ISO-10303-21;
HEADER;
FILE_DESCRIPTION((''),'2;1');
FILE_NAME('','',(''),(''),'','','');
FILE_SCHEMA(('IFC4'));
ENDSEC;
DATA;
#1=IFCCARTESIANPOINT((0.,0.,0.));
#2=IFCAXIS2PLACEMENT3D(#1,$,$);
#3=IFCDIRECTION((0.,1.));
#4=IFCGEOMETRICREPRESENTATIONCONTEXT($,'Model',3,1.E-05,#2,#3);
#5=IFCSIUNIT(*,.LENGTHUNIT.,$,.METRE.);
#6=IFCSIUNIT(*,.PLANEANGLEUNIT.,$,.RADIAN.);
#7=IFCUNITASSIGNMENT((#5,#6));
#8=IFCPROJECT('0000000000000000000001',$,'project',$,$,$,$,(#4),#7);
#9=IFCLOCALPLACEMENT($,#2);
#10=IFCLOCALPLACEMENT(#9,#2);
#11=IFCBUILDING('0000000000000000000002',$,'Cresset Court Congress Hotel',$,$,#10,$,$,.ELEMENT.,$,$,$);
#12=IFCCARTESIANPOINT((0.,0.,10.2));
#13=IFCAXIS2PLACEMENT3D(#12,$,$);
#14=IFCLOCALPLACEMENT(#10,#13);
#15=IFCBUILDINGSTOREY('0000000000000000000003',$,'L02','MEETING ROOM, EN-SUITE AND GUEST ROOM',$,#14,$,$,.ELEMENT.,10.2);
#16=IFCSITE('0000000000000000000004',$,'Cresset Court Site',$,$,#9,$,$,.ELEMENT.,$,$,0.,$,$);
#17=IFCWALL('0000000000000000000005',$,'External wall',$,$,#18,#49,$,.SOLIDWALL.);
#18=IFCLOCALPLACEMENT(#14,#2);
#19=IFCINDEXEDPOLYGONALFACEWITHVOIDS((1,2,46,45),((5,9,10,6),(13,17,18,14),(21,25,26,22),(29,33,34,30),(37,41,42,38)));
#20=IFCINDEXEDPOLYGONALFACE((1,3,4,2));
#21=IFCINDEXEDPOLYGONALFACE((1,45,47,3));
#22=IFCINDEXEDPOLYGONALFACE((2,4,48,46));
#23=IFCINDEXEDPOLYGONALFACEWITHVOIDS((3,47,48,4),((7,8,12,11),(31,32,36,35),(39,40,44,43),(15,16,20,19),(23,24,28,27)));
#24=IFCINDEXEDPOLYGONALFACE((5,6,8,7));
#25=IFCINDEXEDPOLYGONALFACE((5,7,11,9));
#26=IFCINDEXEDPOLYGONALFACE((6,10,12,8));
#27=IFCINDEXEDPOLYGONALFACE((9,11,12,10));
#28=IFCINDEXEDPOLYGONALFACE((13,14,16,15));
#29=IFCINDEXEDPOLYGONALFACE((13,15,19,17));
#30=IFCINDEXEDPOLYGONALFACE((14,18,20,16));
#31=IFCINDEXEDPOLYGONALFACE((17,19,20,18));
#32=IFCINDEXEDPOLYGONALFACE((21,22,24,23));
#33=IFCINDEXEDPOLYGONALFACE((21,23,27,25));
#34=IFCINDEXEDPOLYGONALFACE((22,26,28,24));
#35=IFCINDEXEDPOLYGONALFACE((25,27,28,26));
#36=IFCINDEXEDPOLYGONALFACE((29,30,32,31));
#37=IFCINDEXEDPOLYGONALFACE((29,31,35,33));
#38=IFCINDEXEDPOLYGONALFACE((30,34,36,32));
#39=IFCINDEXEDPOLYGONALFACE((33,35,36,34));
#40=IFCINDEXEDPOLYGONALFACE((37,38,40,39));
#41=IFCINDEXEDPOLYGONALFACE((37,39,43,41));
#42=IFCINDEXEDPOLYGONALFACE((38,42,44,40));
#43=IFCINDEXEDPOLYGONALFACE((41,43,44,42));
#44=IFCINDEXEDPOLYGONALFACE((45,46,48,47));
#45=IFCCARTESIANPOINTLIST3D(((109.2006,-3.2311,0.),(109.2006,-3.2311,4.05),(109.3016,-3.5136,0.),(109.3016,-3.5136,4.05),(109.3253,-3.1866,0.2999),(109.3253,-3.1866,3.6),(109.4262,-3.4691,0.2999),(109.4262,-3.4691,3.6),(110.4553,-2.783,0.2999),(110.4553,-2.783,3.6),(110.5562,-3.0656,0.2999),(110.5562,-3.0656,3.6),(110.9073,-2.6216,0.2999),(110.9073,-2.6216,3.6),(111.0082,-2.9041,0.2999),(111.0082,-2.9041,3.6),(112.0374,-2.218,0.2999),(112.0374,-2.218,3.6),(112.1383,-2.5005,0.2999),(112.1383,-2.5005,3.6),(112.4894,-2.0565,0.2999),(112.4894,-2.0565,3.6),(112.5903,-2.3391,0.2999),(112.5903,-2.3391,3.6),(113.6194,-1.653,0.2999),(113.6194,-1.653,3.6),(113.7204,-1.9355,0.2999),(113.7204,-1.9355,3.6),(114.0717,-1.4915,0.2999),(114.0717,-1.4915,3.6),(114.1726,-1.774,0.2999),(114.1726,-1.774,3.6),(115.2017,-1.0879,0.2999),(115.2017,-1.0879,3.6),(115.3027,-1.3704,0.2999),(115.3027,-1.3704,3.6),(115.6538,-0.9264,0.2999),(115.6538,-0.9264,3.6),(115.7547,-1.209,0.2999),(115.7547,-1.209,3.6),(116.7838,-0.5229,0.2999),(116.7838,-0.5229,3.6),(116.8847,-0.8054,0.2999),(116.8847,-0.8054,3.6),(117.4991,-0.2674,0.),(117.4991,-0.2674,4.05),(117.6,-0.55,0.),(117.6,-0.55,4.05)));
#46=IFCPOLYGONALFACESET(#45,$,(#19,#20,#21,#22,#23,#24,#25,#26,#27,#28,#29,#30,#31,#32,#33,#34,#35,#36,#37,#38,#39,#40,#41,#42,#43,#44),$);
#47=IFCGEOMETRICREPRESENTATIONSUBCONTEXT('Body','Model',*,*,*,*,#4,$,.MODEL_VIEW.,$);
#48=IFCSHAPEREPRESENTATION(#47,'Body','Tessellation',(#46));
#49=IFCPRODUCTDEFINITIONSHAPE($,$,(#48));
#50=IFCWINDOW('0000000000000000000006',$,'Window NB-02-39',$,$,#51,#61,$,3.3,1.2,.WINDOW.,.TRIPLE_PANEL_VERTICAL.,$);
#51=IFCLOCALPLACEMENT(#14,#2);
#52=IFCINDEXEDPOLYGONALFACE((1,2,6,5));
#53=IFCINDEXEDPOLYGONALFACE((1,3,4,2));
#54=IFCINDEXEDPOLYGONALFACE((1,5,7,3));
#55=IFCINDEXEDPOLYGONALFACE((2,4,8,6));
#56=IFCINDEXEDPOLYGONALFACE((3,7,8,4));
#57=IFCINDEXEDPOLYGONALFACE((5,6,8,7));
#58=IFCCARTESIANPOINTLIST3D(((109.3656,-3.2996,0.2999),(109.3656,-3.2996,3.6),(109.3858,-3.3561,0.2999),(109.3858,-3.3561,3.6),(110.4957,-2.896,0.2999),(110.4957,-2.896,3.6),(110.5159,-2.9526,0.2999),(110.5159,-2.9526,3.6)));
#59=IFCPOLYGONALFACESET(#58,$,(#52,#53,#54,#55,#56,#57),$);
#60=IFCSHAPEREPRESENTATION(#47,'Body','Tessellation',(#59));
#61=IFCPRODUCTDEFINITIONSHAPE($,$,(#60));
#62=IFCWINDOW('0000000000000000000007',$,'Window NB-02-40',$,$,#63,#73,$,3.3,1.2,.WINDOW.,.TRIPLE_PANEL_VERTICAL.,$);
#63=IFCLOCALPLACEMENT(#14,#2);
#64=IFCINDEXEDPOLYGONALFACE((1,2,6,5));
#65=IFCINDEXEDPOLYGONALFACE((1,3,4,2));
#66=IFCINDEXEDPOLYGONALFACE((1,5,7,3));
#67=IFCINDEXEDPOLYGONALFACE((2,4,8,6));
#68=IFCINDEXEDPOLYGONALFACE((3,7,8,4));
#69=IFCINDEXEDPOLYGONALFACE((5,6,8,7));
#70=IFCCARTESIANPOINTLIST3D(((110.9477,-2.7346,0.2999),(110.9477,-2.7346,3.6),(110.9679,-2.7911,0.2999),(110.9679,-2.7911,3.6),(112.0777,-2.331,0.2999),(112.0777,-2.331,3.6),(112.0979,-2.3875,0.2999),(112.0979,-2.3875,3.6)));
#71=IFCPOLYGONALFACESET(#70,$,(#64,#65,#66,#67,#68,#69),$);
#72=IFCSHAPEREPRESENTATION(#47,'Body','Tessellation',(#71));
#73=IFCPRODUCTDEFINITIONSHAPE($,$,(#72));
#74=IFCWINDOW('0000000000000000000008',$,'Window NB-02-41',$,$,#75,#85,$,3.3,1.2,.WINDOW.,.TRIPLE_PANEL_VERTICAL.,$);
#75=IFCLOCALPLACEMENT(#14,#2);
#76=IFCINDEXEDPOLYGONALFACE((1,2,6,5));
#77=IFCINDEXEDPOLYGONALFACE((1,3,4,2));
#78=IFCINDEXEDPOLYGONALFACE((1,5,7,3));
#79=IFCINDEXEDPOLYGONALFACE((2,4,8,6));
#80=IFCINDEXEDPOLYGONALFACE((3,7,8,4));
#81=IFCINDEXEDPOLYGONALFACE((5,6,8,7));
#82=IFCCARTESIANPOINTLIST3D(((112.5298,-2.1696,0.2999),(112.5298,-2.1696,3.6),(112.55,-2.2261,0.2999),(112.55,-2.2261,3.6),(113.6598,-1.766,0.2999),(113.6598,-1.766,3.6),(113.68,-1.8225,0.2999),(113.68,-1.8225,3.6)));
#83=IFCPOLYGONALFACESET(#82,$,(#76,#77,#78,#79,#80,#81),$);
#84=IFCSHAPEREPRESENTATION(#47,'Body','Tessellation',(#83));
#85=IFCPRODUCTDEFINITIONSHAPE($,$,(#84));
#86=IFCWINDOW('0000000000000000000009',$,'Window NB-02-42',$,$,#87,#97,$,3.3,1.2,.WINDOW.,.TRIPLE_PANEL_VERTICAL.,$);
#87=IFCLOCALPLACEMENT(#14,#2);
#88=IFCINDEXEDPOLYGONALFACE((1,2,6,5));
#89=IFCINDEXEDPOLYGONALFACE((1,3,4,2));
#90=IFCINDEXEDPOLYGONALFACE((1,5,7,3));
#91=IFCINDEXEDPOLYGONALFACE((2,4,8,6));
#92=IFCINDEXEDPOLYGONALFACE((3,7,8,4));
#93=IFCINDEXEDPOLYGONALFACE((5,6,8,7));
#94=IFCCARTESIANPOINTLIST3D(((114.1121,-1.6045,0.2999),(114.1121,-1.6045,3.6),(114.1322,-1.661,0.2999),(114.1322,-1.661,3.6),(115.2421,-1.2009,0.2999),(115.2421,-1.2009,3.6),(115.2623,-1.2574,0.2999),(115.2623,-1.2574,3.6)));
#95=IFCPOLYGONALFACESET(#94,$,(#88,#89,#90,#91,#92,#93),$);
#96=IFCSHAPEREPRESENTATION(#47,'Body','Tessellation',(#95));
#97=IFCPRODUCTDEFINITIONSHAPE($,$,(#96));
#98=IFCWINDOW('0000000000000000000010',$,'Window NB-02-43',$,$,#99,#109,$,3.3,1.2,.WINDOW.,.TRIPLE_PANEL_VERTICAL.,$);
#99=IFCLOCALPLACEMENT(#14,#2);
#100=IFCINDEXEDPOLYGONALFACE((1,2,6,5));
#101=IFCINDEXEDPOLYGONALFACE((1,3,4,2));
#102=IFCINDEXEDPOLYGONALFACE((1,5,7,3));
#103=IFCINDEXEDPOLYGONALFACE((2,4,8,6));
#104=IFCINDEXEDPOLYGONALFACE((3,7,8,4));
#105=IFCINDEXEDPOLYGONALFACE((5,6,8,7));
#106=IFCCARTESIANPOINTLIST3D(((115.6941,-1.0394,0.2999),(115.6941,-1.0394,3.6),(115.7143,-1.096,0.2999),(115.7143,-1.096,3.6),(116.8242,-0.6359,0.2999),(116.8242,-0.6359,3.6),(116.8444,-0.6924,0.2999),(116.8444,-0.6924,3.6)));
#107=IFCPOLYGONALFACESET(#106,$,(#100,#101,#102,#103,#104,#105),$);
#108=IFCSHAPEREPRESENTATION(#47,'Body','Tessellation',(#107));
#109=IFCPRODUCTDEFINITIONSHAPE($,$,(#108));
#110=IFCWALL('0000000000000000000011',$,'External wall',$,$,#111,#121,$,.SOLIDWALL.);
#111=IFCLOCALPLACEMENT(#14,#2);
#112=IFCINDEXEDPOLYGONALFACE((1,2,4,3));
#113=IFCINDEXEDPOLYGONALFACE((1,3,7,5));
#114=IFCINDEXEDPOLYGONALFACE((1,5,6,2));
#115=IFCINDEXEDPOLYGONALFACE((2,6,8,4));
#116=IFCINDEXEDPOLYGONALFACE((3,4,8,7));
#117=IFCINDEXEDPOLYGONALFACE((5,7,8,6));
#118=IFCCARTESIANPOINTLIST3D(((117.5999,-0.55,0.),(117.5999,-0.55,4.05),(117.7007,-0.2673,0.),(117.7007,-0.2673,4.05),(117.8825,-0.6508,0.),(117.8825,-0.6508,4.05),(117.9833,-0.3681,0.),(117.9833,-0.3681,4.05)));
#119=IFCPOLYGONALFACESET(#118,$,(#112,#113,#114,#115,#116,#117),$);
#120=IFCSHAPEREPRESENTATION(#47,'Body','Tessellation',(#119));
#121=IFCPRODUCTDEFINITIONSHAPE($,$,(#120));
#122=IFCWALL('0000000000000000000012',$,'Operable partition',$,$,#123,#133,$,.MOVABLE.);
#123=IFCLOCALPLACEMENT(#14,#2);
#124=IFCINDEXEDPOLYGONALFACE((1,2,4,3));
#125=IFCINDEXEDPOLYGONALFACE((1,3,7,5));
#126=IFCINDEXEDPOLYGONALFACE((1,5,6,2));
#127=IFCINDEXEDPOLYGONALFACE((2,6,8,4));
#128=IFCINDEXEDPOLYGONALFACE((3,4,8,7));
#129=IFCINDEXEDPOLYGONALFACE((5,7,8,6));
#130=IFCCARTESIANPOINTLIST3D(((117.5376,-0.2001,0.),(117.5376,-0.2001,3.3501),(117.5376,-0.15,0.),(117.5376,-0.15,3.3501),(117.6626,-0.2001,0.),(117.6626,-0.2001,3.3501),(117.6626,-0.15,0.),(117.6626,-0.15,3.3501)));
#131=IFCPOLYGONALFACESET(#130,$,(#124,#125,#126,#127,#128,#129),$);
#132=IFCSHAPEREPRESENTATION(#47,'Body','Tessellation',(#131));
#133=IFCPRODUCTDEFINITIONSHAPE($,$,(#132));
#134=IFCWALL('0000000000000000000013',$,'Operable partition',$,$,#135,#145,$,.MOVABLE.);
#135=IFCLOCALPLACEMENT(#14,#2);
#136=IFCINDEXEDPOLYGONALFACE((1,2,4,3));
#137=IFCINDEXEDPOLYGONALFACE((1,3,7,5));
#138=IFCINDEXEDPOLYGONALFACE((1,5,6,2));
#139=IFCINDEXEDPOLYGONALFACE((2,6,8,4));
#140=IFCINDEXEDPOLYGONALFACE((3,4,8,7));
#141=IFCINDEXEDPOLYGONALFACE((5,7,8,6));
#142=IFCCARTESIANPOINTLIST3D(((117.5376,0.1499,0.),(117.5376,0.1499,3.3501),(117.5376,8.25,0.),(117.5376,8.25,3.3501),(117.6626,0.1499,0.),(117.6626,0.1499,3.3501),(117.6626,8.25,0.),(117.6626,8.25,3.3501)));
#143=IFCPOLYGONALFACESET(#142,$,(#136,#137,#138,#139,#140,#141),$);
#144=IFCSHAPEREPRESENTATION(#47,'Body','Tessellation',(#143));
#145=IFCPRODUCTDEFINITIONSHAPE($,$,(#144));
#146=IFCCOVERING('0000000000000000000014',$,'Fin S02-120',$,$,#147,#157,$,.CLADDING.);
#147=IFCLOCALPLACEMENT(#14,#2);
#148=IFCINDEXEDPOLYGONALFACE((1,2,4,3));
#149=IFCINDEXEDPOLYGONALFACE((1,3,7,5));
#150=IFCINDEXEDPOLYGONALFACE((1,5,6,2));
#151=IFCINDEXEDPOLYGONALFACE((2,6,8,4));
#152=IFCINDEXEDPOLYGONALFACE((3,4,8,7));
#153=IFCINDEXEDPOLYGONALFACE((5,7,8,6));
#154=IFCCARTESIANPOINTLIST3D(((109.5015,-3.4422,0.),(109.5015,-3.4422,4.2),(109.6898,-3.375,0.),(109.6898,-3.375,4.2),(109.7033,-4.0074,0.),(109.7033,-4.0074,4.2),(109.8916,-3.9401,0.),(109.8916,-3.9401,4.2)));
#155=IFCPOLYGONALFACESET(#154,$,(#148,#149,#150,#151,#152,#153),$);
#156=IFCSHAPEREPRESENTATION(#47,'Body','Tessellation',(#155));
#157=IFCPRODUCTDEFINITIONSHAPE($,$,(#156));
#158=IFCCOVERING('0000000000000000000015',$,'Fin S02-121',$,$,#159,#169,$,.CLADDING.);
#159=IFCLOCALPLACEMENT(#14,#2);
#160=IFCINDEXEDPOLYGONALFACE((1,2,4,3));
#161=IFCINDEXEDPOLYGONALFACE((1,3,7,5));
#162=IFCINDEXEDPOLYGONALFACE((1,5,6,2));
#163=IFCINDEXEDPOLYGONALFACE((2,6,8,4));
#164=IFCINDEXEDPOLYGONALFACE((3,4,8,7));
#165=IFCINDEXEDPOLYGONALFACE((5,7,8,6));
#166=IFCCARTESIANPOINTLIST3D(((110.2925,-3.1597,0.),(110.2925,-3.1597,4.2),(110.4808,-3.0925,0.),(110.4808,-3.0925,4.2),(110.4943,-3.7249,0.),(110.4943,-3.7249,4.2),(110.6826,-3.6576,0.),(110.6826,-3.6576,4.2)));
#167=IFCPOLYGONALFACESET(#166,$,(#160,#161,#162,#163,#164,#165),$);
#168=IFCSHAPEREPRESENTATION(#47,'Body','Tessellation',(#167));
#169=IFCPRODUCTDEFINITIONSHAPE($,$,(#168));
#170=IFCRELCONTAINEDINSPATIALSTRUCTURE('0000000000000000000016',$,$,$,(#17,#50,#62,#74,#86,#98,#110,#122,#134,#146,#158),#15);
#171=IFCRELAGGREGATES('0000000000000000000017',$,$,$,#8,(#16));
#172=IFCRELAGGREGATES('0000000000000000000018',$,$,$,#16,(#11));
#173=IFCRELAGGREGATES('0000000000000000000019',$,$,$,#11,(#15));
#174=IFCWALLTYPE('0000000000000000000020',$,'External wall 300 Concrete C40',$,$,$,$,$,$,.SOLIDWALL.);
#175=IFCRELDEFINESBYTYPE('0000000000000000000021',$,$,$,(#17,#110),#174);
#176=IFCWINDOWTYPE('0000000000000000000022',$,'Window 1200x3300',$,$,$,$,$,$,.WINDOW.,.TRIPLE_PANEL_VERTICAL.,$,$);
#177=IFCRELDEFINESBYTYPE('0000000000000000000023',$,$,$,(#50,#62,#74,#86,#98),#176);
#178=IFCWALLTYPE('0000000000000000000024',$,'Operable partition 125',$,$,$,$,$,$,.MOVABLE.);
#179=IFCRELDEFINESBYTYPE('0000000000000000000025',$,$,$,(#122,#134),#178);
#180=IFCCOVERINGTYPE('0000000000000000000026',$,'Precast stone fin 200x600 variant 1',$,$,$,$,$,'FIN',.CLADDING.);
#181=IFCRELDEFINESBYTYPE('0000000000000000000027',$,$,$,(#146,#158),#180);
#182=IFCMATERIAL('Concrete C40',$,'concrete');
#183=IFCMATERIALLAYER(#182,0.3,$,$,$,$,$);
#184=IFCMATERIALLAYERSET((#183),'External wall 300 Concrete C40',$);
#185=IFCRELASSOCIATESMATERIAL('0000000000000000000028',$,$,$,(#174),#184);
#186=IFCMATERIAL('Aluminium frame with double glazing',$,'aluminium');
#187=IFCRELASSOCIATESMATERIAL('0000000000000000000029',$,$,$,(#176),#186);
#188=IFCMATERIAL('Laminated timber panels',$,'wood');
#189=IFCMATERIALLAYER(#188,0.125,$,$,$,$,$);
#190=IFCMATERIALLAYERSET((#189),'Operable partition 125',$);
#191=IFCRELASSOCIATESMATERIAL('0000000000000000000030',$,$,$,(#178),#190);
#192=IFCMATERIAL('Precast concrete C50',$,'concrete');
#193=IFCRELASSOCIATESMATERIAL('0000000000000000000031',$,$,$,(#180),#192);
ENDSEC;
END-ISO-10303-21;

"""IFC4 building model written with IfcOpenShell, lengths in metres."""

from ifc_helpers import new_model, si_unit, direction, frame, frame_2d, origin, origin_2d, place, context, subcontext, project, spatial, rectangle, extrude, material, layer, layer_set, type_object, element, fill, save


model = new_model("IFC4")

# Units and contexts
model_context = context("Model", 3, precision=1e-05, world=origin(), true_north=direction((0.0, 1.0)))
body_context = subcontext(model_context, "Body", "Model", "MODEL_VIEW")
ifc_project = project(units=[si_unit("LENGTHUNIT", "METRE"), si_unit("PLANEANGLEUNIT", "RADIAN")], contexts=[model_context])

# Site, building, storey
site_placement = place(None, origin())
site = spatial("IfcSite", under=ifc_project, at=site_placement, Name="Cresset Court Site", CompositionType="ELEMENT", RefElevation=0.0)
building_placement = place(site_placement, origin())
building = spatial("IfcBuilding", under=site, at=building_placement, Name="Cresset Court Congress Hotel", CompositionType="ELEMENT")
storey_placement = place(building_placement, frame((0.0, 0.0, 10.2)))
storey = spatial("IfcBuildingStorey", under=building, at=storey_placement, Name="L02", Description="MEETING ROOM, EN-SUITE AND GUEST ROOM", CompositionType="ELEMENT", Elevation=10.2)

# Wall, openings, windows
ifc_material_1 = material(Name="Concrete C40", Category="concrete")
ifc_layer_1 = layer(ifc_material_1, 0.3)
ifc_layer_set_1 = layer_set([ifc_layer_1], Name="External wall 300 Concrete C40")
wall_type_1 = type_object("IfcWallType", Name="External wall 300 Concrete C40", PredefinedType="SOLIDWALL", material=ifc_layer_set_1)
wall_1_placement = place(storey_placement, frame((109.2512, -3.3723, 0.0), z_axis=(0.0, 0.0, 1.0), x_axis=(0.941744, 0.336329, 0.0)))
wall_1 = element("IfcWall", 1, at=wall_1_placement, inside=storey, type_object=wall_type_1, Name="External wall", PredefinedType="SOLIDWALL", context=body_context, shape_type="SweptSolid", body=[
    extrude(rectangle(XDim=8.8118, YDim=0.3, at=frame_2d((4.4058, 0.0))), origin(), (0.0, 0.0, 1.0), 4.05),
])
opening_1_placement = place(wall_1_placement, frame((0.1321, 0.0, 0.3)))
opening_1 = element("IfcOpeningElement", 2, at=opening_1_placement, cuts=wall_1, PredefinedType="OPENING", context=body_context, shape_type="SweptSolid", body=[
    extrude(rectangle(XDim=1.2, YDim=3.3, at=frame_2d((0.6001, 1.6499))), frame((0.0, 0.1599, 0.0), z_axis=(0.0, -1.0, 0.0), x_axis=(1.0, 0.0, 0.0)), (0.0, 0.0, 1.0), 0.3201),
])
opening_2_placement = place(wall_1_placement, frame((1.812, 0.0, 0.3)))
opening_2 = element("IfcOpeningElement", 3, at=opening_2_placement, cuts=wall_1, PredefinedType="OPENING", context=body_context, shape_type="SweptSolid", body=[
    extrude(rectangle(XDim=1.2, YDim=3.3, at=frame_2d((0.6001, 1.6499))), frame((0.0, 0.1599, 0.0), z_axis=(0.0, -1.0, 0.0), x_axis=(1.0, 0.0, 0.0)), (0.0, 0.0, 1.0), 0.3201),
])
opening_3_placement = place(wall_1_placement, frame((3.4919, 0.0, 0.3)))
opening_3 = element("IfcOpeningElement", 4, at=opening_3_placement, cuts=wall_1, PredefinedType="OPENING", context=body_context, shape_type="SweptSolid", body=[
    extrude(rectangle(XDim=1.2, YDim=3.3, at=frame_2d((0.6001, 1.6499))), frame((0.0, 0.1599, 0.0), z_axis=(0.0, -1.0, 0.0), x_axis=(1.0, 0.0, 0.0)), (0.0, 0.0, 1.0), 0.3201),
])
opening_4_placement = place(wall_1_placement, frame((5.1721, 0.0, 0.3)))
opening_4 = element("IfcOpeningElement", 5, at=opening_4_placement, cuts=wall_1, PredefinedType="OPENING", context=body_context, shape_type="SweptSolid", body=[
    extrude(rectangle(XDim=1.2, YDim=3.3, at=frame_2d((0.6001, 1.6499))), frame((0.0, 0.1599, 0.0), z_axis=(0.0, -1.0, 0.0), x_axis=(1.0, 0.0, 0.0)), (0.0, 0.0, 1.0), 0.3201),
])
opening_5_placement = place(wall_1_placement, frame((6.8521, 0.0, 0.3)))
opening_5 = element("IfcOpeningElement", 6, at=opening_5_placement, cuts=wall_1, PredefinedType="OPENING", context=body_context, shape_type="SweptSolid", body=[
    extrude(rectangle(XDim=1.2, YDim=3.3, at=frame_2d((0.6001, 1.6499))), frame((0.0, 0.1599, 0.0), z_axis=(0.0, -1.0, 0.0), x_axis=(1.0, 0.0, 0.0)), (0.0, 0.0, 1.0), 0.3201),
])
ifc_material_2 = material(Name="Aluminium frame with double glazing", Category="aluminium")
window_type = type_object("IfcWindowType", Name="Window 1200x3300", PartitioningType="TRIPLE_PANEL_VERTICAL", PredefinedType="WINDOW", material=ifc_material_2)
window_1_placement = place(opening_1_placement, origin())
window_1 = element("IfcWindow", 7, at=window_1_placement, inside=storey, type_object=window_type, Name="Window NB-02-39", OverallHeight=3.3, OverallWidth=1.2, PartitioningType="TRIPLE_PANEL_VERTICAL", PredefinedType="WINDOW", context=body_context, shape_type="SweptSolid", body=[
    extrude(rectangle(XDim=1.2, YDim=3.3, at=frame_2d((0.6001, 1.6499))), frame((0.0, 0.03, 0.0), z_axis=(0.0, -1.0, 0.0), x_axis=(1.0, 0.0, 0.0)), (0.0, 0.0, 1.0), 0.0601),
])
fill(opening_1, window_1)
window_2_placement = place(opening_2_placement, origin())
window_2 = element("IfcWindow", 8, at=window_2_placement, inside=storey, type_object=window_type, Name="Window NB-02-40", OverallHeight=3.3, OverallWidth=1.2, PartitioningType="TRIPLE_PANEL_VERTICAL", PredefinedType="WINDOW", context=body_context, shape_type="SweptSolid", body=[
    extrude(rectangle(XDim=1.2, YDim=3.3, at=frame_2d((0.6001, 1.6499))), frame((0.0, 0.03, 0.0), z_axis=(0.0, -1.0, 0.0), x_axis=(1.0, 0.0, 0.0)), (0.0, 0.0, 1.0), 0.0601),
])
fill(opening_2, window_2)
window_3_placement = place(opening_3_placement, origin())
window_3 = element("IfcWindow", 9, at=window_3_placement, inside=storey, type_object=window_type, Name="Window NB-02-41", OverallHeight=3.3, OverallWidth=1.2, PartitioningType="TRIPLE_PANEL_VERTICAL", PredefinedType="WINDOW", context=body_context, shape_type="SweptSolid", body=[
    extrude(rectangle(XDim=1.2, YDim=3.3, at=frame_2d((0.6001, 1.6499))), frame((0.0, 0.03, 0.0), z_axis=(0.0, -1.0, 0.0), x_axis=(1.0, 0.0, 0.0)), (0.0, 0.0, 1.0), 0.0601),
])
fill(opening_3, window_3)
window_4_placement = place(opening_4_placement, origin())
window_4 = element("IfcWindow", 10, at=window_4_placement, inside=storey, type_object=window_type, Name="Window NB-02-42", OverallHeight=3.3, OverallWidth=1.2, PartitioningType="TRIPLE_PANEL_VERTICAL", PredefinedType="WINDOW", context=body_context, shape_type="SweptSolid", body=[
    extrude(rectangle(XDim=1.2, YDim=3.3, at=frame_2d((0.6001, 1.6499))), frame((0.0, 0.03, 0.0), z_axis=(0.0, -1.0, 0.0), x_axis=(1.0, 0.0, 0.0)), (0.0, 0.0, 1.0), 0.0601),
])
fill(opening_4, window_4)
window_5_placement = place(opening_5_placement, origin())
window_5 = element("IfcWindow", 11, at=window_5_placement, inside=storey, type_object=window_type, Name="Window NB-02-43", OverallHeight=3.3, OverallWidth=1.2, PartitioningType="TRIPLE_PANEL_VERTICAL", PredefinedType="WINDOW", context=body_context, shape_type="SweptSolid", body=[
    extrude(rectangle(XDim=1.2, YDim=3.3, at=frame_2d((0.6001, 1.6499))), frame((0.0, 0.03, 0.0), z_axis=(0.0, -1.0, 0.0), x_axis=(1.0, 0.0, 0.0)), (0.0, 0.0, 1.0), 0.0601),
])
fill(opening_5, window_5)

# Walls
wall_2_placement = place(storey_placement, frame((117.6504, -0.4087, 0.0), z_axis=(0.0, 0.0, 1.0), x_axis=(0.941889, -0.335924, 0.0)))
element("IfcWall", 12, at=wall_2_placement, inside=storey, type_object=wall_type_1, Name="External wall", PredefinedType="SOLIDWALL", context=body_context, shape_type="SweptSolid", body=[
    extrude(rectangle(XDim=0.3, YDim=0.3, at=frame_2d((0.1499, 0.0))), origin(), (0.0, 0.0, 1.0), 4.05),
])
ifc_material_3 = material(Name="Laminated timber panels", Category="wood")
ifc_layer_2 = layer(ifc_material_3, 0.125)
ifc_layer_set_2 = layer_set([ifc_layer_2], Name="Operable partition 125")
wall_type_2 = type_object("IfcWallType", Name="Operable partition 125", PredefinedType="MOVABLE", material=ifc_layer_set_2)
wall_3_placement = place(storey_placement, frame((117.6001, -0.2, 0.0), z_axis=(0.0, 0.0, 1.0), x_axis=(0.0, 1.0, 0.0)))
element("IfcWall", 13, at=wall_3_placement, inside=storey, type_object=wall_type_2, Name="Operable partition", PredefinedType="MOVABLE", context=body_context, shape_type="SweptSolid", body=[
    extrude(rectangle(XDim=0.05, YDim=0.125, at=frame_2d((0.0249, 0.0))), origin(), (0.0, 0.0, 1.0), 3.3501),
])
wall_4_placement = place(storey_placement, frame((117.6001, 0.1499, 0.0), z_axis=(0.0, 0.0, 1.0), x_axis=(0.0, 1.0, 0.0)))
element("IfcWall", 14, at=wall_4_placement, inside=storey, type_object=wall_type_2, Name="Operable partition", PredefinedType="MOVABLE", context=body_context, shape_type="SweptSolid", body=[
    extrude(rectangle(XDim=8.1001, YDim=0.125, at=frame_2d((4.05, 0.0))), origin(), (0.0, 0.0, 1.0), 3.3501),
])

# Coverings
ifc_material_4 = material(Name="Precast concrete C50", Category="concrete")
covering_type_1 = type_object("IfcCoveringType", Name="Precast stone fin 200x600 variant 1", ElementType="FIN", PredefinedType="CLADDING", material=ifc_material_4)
for number, where, z_axis, x_axis, name in (
    (15, (109.6965, -3.6912, 0.0), (0.0, 0.0, 1.0), (0.941742, 0.336336, 0.0), "Fin S02-120"),
    (16, (110.4875, -3.4087, 0.0), (0.0, 0.0, 1.0), (0.941742, 0.336336, 0.0), "Fin S02-121"),
):
    element("IfcCovering", number, at=place(storey_placement, frame(where, z_axis=z_axis, x_axis=x_axis)), inside=storey, type_object=covering_type_1, Name=name, PredefinedType="CLADDING", context=body_context, shape_type="SweptSolid", body=[
        extrude(rectangle(XDim=0.2, YDim=0.6001, at=origin_2d()), origin(), (0.0, 0.0, 1.0), 4.2),
    ])

save(model, "model.ifc")
